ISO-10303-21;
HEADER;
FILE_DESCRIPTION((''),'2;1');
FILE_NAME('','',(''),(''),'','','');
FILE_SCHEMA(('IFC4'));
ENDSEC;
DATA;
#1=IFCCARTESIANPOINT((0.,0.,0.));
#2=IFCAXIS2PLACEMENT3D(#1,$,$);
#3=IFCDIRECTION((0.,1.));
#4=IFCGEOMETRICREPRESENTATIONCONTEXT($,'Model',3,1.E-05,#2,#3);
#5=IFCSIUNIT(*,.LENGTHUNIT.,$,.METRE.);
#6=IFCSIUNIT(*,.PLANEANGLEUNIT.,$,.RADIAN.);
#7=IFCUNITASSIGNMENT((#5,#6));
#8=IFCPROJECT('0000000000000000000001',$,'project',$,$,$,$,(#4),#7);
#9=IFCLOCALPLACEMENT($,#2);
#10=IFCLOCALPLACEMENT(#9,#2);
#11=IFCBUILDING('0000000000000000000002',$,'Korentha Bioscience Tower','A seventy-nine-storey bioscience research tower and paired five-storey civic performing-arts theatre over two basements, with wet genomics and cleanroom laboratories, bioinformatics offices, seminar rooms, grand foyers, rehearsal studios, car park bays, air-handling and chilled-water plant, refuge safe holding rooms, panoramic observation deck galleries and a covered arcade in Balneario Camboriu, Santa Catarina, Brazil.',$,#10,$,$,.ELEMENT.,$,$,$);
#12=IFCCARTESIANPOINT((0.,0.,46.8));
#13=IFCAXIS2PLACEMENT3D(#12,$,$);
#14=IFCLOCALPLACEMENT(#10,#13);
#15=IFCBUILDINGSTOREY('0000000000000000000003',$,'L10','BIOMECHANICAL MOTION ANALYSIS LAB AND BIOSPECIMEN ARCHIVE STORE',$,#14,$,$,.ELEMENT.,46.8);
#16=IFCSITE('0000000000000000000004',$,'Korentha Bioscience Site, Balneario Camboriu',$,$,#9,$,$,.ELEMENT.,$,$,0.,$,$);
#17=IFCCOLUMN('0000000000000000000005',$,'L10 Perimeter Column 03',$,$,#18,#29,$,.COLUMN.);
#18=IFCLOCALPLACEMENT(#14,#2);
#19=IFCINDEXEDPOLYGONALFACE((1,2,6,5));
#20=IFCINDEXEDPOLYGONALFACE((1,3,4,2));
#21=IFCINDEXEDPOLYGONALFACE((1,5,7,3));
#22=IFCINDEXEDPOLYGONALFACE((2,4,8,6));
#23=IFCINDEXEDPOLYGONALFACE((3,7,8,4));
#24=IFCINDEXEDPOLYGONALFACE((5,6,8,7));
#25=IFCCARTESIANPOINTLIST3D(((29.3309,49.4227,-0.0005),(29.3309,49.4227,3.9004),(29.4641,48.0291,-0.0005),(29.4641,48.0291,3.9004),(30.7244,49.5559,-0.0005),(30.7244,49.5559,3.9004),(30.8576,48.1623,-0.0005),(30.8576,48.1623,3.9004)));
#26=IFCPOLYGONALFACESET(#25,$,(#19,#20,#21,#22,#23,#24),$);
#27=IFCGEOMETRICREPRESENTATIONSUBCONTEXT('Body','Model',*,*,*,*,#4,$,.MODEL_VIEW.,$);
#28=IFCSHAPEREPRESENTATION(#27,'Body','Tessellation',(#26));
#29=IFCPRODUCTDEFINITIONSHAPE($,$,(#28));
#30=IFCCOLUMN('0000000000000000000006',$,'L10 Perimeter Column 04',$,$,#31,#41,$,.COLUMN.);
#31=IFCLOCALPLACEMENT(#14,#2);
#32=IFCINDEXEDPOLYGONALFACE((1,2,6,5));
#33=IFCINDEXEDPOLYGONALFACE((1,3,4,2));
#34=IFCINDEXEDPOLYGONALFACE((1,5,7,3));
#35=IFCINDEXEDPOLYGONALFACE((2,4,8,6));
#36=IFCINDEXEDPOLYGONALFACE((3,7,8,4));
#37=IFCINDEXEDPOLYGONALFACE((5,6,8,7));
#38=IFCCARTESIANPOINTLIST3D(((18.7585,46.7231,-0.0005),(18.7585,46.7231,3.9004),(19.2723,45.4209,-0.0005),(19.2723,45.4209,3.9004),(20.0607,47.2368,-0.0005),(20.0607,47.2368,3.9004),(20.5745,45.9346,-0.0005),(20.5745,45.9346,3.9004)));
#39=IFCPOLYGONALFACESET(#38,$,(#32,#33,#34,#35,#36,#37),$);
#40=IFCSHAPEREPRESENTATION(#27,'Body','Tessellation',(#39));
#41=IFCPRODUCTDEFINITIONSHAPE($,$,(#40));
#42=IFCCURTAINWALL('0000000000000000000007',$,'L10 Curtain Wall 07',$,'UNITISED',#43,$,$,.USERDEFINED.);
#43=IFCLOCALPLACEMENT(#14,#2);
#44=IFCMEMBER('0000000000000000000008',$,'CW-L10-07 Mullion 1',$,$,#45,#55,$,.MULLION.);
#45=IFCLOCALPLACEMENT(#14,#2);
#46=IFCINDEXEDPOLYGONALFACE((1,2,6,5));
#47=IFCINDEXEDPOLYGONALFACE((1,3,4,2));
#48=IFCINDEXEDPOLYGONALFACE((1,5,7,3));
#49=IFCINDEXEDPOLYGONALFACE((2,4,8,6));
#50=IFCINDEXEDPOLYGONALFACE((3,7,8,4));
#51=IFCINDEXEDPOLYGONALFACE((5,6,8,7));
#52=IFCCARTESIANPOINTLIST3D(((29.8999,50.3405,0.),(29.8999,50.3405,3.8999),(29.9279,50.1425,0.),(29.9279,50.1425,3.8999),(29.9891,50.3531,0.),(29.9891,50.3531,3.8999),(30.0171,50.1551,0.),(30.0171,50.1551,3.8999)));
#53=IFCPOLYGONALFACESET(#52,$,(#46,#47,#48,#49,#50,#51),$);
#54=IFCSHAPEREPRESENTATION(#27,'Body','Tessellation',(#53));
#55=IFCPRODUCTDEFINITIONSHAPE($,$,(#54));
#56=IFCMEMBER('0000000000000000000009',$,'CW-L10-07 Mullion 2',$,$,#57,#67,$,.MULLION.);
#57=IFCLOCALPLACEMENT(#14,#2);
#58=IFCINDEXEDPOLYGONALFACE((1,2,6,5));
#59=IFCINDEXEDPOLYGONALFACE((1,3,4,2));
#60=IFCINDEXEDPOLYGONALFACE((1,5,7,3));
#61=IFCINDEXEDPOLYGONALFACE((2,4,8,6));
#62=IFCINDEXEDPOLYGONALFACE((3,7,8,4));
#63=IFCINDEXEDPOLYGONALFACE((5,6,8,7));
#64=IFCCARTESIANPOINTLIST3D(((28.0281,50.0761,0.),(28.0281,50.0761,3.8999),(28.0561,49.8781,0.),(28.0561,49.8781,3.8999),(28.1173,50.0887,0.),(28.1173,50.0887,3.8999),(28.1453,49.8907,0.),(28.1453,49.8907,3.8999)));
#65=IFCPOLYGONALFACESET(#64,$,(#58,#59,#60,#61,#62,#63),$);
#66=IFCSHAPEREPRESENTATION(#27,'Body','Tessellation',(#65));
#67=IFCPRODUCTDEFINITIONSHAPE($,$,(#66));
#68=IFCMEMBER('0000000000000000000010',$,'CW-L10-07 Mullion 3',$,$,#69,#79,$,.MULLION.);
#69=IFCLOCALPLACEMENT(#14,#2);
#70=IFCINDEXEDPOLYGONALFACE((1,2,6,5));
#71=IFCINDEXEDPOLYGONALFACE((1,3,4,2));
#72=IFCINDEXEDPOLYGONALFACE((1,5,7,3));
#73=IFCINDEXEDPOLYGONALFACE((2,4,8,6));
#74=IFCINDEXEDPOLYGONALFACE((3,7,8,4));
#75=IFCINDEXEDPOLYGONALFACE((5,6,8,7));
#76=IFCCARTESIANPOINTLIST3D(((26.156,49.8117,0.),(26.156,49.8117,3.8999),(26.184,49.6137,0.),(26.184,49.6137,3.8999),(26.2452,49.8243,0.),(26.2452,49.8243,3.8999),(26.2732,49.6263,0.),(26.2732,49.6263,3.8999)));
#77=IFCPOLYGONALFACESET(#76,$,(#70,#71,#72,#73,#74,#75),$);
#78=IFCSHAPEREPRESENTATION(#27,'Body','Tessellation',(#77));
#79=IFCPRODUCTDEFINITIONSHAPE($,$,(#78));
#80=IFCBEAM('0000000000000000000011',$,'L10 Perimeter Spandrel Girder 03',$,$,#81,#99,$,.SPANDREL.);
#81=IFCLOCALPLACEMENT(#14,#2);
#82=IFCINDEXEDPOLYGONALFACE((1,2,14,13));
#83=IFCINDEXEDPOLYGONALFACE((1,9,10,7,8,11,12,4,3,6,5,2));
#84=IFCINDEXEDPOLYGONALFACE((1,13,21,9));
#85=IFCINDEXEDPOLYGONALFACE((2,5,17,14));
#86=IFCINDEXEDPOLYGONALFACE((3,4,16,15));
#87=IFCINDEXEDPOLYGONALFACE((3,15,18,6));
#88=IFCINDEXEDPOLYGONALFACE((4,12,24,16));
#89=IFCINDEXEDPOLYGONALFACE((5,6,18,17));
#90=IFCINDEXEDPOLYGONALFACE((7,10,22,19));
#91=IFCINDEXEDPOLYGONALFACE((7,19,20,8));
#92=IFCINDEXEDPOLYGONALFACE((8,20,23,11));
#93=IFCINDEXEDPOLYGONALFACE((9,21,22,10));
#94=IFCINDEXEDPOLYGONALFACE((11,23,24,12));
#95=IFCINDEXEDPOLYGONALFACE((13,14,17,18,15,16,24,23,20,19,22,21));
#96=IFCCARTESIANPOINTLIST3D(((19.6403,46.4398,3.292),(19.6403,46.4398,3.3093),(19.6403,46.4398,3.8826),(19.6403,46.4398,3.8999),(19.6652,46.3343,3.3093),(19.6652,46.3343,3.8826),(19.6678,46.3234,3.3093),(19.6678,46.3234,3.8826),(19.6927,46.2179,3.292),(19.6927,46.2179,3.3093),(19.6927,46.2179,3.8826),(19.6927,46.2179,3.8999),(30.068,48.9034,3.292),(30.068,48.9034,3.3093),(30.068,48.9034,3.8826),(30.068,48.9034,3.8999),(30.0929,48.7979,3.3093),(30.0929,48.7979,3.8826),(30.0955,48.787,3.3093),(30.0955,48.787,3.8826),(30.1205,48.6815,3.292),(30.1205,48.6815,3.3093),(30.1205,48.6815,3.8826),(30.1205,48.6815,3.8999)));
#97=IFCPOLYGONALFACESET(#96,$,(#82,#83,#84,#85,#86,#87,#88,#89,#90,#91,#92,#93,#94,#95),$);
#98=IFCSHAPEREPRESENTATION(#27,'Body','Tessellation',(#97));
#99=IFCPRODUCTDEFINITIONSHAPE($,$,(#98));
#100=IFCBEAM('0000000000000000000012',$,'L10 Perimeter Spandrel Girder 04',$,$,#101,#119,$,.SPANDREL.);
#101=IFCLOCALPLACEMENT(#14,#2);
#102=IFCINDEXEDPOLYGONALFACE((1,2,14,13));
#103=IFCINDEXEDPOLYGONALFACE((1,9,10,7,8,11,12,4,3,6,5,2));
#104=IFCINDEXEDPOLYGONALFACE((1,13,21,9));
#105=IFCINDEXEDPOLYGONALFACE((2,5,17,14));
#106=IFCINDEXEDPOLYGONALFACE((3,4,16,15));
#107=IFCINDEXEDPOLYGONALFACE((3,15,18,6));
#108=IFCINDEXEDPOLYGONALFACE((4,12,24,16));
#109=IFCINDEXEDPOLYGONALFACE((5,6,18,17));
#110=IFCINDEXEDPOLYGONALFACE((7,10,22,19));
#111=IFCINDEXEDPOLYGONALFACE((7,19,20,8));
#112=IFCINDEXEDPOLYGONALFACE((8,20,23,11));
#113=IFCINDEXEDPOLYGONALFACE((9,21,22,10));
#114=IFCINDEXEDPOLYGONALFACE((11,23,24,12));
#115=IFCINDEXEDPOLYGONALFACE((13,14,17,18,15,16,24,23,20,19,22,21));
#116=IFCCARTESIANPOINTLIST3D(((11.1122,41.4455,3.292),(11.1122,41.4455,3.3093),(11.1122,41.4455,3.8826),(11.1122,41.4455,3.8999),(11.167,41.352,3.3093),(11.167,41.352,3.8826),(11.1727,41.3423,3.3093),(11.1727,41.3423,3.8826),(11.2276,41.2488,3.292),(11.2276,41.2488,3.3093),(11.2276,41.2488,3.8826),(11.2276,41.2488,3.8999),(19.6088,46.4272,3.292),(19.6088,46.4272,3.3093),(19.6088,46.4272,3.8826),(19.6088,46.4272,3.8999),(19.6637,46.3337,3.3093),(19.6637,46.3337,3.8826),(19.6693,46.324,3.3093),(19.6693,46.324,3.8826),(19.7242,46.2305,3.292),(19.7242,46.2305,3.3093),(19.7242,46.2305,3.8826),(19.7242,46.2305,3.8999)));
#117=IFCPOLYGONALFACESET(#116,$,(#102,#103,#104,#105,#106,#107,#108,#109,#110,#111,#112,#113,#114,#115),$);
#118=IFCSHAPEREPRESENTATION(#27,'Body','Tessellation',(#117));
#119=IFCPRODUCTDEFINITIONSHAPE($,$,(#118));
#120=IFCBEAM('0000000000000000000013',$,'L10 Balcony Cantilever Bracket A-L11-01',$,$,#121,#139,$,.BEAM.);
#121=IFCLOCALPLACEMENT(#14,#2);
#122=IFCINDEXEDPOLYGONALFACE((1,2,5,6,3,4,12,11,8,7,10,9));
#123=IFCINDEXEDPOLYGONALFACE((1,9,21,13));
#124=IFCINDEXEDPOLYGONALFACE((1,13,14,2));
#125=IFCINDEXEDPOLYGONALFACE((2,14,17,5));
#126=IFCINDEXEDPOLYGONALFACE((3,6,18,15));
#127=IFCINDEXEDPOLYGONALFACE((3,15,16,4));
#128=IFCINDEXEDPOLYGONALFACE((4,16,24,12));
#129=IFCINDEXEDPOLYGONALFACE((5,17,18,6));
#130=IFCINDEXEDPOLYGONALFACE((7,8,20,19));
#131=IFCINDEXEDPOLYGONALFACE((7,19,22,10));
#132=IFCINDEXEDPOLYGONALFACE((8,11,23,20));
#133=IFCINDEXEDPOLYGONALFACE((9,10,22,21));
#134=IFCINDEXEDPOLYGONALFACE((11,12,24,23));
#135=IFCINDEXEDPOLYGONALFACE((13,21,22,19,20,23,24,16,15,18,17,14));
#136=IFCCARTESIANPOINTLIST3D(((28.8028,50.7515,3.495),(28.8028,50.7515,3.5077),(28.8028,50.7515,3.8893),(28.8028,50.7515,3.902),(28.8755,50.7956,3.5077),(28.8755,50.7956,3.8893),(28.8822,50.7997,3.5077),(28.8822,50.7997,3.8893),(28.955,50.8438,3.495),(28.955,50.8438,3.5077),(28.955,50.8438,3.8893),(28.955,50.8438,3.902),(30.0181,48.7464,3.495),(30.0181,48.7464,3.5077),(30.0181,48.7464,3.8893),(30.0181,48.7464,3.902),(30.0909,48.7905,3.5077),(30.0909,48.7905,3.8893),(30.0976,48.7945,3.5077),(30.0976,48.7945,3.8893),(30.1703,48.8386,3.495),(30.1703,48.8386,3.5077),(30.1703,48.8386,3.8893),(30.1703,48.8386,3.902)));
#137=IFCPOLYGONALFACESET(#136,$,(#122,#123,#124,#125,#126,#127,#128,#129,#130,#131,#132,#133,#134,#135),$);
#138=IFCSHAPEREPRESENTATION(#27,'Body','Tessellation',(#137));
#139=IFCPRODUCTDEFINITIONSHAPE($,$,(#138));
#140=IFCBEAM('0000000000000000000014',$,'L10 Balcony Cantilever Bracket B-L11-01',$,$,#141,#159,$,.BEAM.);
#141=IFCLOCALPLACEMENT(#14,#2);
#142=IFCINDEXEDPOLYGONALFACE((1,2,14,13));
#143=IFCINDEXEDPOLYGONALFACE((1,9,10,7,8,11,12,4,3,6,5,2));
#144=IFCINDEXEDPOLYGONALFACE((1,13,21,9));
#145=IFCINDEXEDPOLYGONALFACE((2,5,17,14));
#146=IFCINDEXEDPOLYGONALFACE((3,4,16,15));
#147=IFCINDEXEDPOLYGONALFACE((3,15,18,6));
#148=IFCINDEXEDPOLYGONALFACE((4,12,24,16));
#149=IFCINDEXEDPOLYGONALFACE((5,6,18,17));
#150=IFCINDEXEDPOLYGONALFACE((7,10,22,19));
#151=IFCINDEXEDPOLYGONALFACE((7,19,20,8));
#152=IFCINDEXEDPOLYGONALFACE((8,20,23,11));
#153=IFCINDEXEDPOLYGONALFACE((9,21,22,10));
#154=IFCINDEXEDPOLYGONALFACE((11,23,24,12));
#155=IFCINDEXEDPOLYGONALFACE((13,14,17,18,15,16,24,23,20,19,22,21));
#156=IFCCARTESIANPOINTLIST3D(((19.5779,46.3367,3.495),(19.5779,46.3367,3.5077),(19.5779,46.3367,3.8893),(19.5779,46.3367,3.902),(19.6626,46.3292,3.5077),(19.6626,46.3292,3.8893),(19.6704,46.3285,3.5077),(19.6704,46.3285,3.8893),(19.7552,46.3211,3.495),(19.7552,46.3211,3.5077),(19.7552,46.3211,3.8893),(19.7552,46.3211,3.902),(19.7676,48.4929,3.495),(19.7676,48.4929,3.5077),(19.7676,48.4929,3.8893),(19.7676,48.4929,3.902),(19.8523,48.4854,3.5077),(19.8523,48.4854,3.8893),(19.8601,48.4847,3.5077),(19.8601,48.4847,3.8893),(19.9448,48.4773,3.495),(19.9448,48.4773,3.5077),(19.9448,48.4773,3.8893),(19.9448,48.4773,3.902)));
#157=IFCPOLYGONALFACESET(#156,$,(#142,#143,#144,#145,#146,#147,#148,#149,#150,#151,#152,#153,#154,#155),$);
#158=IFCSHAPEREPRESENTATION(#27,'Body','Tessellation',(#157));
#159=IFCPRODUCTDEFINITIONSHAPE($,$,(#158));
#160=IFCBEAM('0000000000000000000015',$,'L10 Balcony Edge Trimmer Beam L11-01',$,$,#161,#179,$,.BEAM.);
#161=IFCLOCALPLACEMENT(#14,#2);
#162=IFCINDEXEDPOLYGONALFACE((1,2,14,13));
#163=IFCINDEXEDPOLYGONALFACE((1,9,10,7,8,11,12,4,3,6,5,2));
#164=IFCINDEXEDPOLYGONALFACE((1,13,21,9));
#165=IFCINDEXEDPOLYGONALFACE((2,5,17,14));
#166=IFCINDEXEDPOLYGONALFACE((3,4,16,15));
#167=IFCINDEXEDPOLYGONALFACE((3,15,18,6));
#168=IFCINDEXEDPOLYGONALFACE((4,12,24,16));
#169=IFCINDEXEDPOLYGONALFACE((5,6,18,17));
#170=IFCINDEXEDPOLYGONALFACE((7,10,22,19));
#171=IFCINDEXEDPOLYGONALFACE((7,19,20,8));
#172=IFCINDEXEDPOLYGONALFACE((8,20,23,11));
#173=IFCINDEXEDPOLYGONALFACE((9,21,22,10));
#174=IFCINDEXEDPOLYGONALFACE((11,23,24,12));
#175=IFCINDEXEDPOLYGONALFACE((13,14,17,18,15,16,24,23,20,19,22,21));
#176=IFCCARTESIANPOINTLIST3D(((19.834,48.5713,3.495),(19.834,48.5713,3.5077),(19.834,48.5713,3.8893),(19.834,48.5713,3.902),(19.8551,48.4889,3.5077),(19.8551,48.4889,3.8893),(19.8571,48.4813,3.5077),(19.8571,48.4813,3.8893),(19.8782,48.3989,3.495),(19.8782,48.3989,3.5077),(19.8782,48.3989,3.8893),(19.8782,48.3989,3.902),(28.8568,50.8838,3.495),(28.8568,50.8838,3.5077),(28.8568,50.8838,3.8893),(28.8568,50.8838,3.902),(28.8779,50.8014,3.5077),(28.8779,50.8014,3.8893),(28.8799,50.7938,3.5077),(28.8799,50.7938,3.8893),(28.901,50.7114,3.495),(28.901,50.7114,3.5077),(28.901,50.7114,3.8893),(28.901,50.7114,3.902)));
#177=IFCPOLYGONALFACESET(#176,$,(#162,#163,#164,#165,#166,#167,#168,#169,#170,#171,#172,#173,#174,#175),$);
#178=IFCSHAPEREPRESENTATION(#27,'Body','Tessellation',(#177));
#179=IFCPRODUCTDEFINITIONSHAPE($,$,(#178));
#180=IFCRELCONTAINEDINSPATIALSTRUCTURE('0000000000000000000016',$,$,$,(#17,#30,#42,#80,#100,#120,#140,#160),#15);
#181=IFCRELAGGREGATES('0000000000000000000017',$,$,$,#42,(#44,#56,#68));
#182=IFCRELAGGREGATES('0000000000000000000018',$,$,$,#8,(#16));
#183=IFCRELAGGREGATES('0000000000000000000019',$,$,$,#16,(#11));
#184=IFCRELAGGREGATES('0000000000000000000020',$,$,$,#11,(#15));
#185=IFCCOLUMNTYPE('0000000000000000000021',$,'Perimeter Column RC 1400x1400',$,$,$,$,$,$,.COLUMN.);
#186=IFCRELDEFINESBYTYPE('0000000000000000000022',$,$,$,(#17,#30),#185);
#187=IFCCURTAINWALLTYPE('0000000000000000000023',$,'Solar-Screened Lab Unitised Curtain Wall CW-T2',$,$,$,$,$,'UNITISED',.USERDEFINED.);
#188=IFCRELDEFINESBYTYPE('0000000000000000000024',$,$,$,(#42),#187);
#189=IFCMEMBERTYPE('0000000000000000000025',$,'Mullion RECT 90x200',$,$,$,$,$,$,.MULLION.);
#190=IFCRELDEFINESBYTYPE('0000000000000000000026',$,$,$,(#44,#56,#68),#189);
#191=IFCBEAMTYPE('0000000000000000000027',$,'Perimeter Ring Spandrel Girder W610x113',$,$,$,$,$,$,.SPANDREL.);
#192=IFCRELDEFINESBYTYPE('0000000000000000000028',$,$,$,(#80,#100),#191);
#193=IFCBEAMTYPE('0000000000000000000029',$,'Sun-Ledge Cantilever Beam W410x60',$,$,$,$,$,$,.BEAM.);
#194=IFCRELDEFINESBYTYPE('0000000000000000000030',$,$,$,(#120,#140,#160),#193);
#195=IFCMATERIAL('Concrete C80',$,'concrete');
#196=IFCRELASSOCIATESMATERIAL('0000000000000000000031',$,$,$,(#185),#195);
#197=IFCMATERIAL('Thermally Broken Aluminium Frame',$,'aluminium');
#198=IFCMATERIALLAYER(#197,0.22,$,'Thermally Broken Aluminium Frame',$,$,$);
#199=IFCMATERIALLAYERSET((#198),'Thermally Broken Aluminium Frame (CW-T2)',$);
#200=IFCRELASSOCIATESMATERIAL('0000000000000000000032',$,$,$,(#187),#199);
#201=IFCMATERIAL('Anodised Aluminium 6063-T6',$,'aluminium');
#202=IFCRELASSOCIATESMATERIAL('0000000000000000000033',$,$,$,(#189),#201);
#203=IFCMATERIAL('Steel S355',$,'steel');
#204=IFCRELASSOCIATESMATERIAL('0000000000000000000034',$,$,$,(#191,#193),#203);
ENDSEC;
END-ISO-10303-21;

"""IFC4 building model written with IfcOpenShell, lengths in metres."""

from ifc_helpers import new_model, si_unit, direction, frame, origin, origin_2d, place, context, subcontext, project, spatial, rectangle, i_section, extrude, material, layer, layer_set, material_profile, profile_set, type_object, element, aggregate, save


model = new_model("IFC4")

# Units and contexts
model_context = context("Model", 3, precision=1e-05, world=origin(), true_north=direction((0.0, 1.0)))
body_context = subcontext(model_context, "Body", "Model", "MODEL_VIEW")
ifc_project = project(units=[si_unit("LENGTHUNIT", "METRE"), si_unit("PLANEANGLEUNIT", "RADIAN")], contexts=[model_context])

# Site, building, storey
site_placement = place(None, origin())
site = spatial("IfcSite", under=ifc_project, at=site_placement, Name="Korentha Bioscience Site, Balneario Camboriu", CompositionType="ELEMENT", RefElevation=0.0)
building_placement = place(site_placement, origin())
building = spatial("IfcBuilding", under=site, at=building_placement, Name="Korentha Bioscience Tower", Description="A seventy-nine-storey bioscience research tower and paired five-storey civic performing-arts theatre over two basements, with wet genomics and cleanroom laboratories, bioinformatics offices, seminar rooms, grand foyers, rehearsal studios, car park bays, air-handling and chilled-water plant, refuge safe holding rooms, panoramic observation deck galleries and a covered arcade in Balneario Camboriu, Santa Catarina, Brazil.", CompositionType="ELEMENT")
storey_placement = place(building_placement, frame((0.0, 0.0, 46.8)))
storey = spatial("IfcBuildingStorey", under=building, at=storey_placement, Name="L10", Description="BIOMECHANICAL MOTION ANALYSIS LAB AND BIOSPECIMEN ARCHIVE STORE", CompositionType="ELEMENT", Elevation=46.8)

# Columns
ifc_material_1 = material(Name="Concrete C80", Category="concrete")
ifc_material_profile_1 = material_profile(ifc_material_1, rectangle(XDim=1.3999, YDim=1.3999, at=origin_2d()), Name="Concrete C80")
ifc_profile_set_1 = profile_set([ifc_material_profile_1], Name="Concrete C80 (COL-P14)")
column_type = type_object("IfcColumnType", Name="Perimeter Column RC 1400x1400", PredefinedType="COLUMN", material=ifc_profile_set_1)
for number, where, z_axis, x_axis, name in (
    (1, (30.0942, 48.7925, -0.0005), (0.0, 0.0, 1.0), (0.995463, 0.095151, 0.0), "L10 Perimeter Column 03"),
    (2, (19.6665, 46.3289, -0.0005), (0.0, 0.0, 1.0), (0.930226, 0.366988, 0.0), "L10 Perimeter Column 04"),
):
    element("IfcColumn", number, at=place(storey_placement, frame(where, z_axis=z_axis, x_axis=x_axis)), inside=storey, type_object=column_type, Name=name, PredefinedType="COLUMN", context=body_context, shape_type="SweptSolid", body=[
        extrude(rectangle(XDim=1.3999, YDim=1.3999, at=origin_2d()), origin(), (0.0, 0.0, 1.0), 3.9009),
    ])

# Curtain wall, members
ifc_material_2 = material(Name="Thermally Broken Aluminium Frame", Category="aluminium")
ifc_layer_1 = layer(ifc_material_2, 0.22, Name="Thermally Broken Aluminium Frame")
ifc_layer_set_1 = layer_set([ifc_layer_1], Name="Thermally Broken Aluminium Frame (CW-T2)")
curtain_wall_type = type_object("IfcCurtainWallType", Name="Solar-Screened Lab Unitised Curtain Wall CW-T2", ElementType="UNITISED", PredefinedType="USERDEFINED", material=ifc_layer_set_1)
curtain_wall_placement = place(storey_placement, origin())
curtain_wall = element("IfcCurtainWall", 3, at=curtain_wall_placement, inside=storey, type_object=curtain_wall_type, Name="L10 Curtain Wall 07", ObjectType="UNITISED", PredefinedType="USERDEFINED")
ifc_material_3 = material(Name="Anodised Aluminium 6063-T6", Category="aluminium")
ifc_material_profile_2 = material_profile(ifc_material_3, rectangle(XDim=0.0901, YDim=0.2, at=origin_2d()), Name="Anodised Aluminium 6063-T6")
ifc_profile_set_2 = profile_set([ifc_material_profile_2], Name="Anodised Aluminium 6063-T6 (CW-MUL)")
member_type_1 = type_object("IfcMemberType", Name="Mullion RECT 90x200", PredefinedType="MULLION", material=ifc_profile_set_2)
member_1_placement = place(storey_placement, frame((29.9585, 50.2478, 0.0), z_axis=(0.0, 0.0, 1.0), x_axis=(-0.990167, -0.139888, 0.0)))
member_1 = element("IfcMember", 4, at=member_1_placement, type_object=member_type_1, Name="CW-L10-07 Mullion 1", PredefinedType="MULLION", context=body_context, shape_type="SweptSolid", body=[
    extrude(rectangle(XDim=0.0901, YDim=0.2, at=origin_2d()), origin(), (0.0, 0.0, 1.0), 3.8999),
])
member_2_placement = place(storey_placement, frame((28.0867, 49.9834, 0.0), z_axis=(0.0, 0.0, 1.0), x_axis=(-0.990167, -0.139888, 0.0)))
member_2 = element("IfcMember", 5, at=member_2_placement, type_object=member_type_1, Name="CW-L10-07 Mullion 2", PredefinedType="MULLION", context=body_context, shape_type="SweptSolid", body=[
    extrude(rectangle(XDim=0.0901, YDim=0.2, at=origin_2d()), origin(), (0.0, 0.0, 1.0), 3.8999),
])
member_3_placement = place(storey_placement, frame((26.2146, 49.719, 0.0), z_axis=(0.0, 0.0, 1.0), x_axis=(-0.990167, -0.139888, 0.0)))
member_3 = element("IfcMember", 6, at=member_3_placement, type_object=member_type_1, Name="CW-L10-07 Mullion 3", PredefinedType="MULLION", context=body_context, shape_type="SweptSolid", body=[
    extrude(rectangle(XDim=0.0901, YDim=0.2, at=origin_2d()), origin(), (0.0, 0.0, 1.0), 3.8999),
])

# Beams
ifc_material_4 = material(Name="Steel S355", Category="steel")
ifc_material_profile_3 = material_profile(ifc_material_4, i_section(OverallWidth=0.228, OverallDepth=0.6079, WebThickness=0.0112, FlangeThickness=0.0173, at=origin_2d()), Name="Steel S355")
ifc_profile_set_3 = profile_set([ifc_material_profile_3], Name="Steel S355 (SB-610)")
beam_type_1 = type_object("IfcBeamType", Name="Perimeter Ring Spandrel Girder W610x113", PredefinedType="SPANDREL", material=ifc_profile_set_3)
beam_1_placement = place(storey_placement, frame((30.0942, 48.7925, 3.5959), z_axis=(-0.973208, -0.229927, 0.0), x_axis=(0.229927, -0.973208, 0.0)))
element("IfcBeam", 7, at=beam_1_placement, inside=storey, type_object=beam_type_1, Name="L10 Perimeter Spandrel Girder 03", PredefinedType="SPANDREL", context=body_context, shape_type="SweptSolid", body=[
    extrude(i_section(OverallWidth=0.228, OverallDepth=0.6079, WebThickness=0.0112, FlangeThickness=0.0173, at=origin_2d()), origin(), (0.0, 0.0, 1.0), 10.7148),
])
beam_2_placement = place(storey_placement, frame((19.6665, 46.3289, 3.5959), z_axis=(-0.862657, -0.50579, 0.0), x_axis=(0.50579, -0.862657, 0.0)))
element("IfcBeam", 8, at=beam_2_placement, inside=storey, type_object=beam_type_1, Name="L10 Perimeter Spandrel Girder 04", PredefinedType="SPANDREL", context=body_context, shape_type="SweptSolid", body=[
    extrude(i_section(OverallWidth=0.228, OverallDepth=0.6079, WebThickness=0.0112, FlangeThickness=0.0173, at=origin_2d()), origin(), (0.0, 0.0, 1.0), 9.8494),
])
ifc_material_profile_4 = material_profile(ifc_material_4, i_section(OverallWidth=0.178, OverallDepth=0.407, WebThickness=0.0078, FlangeThickness=0.0127, at=origin_2d()), Name="Steel S355")
ifc_profile_set_4 = profile_set([ifc_material_profile_4], Name="Steel S355 (CB-410)")
beam_type_2 = type_object("IfcBeamType", Name="Sun-Ledge Cantilever Beam W410x60", PredefinedType="BEAM", material=ifc_profile_set_4)
beam_3_placement = place(storey_placement, frame((30.0942, 48.7925, 3.6985), z_axis=(-0.518334, 0.855178, 0.0), x_axis=(-0.855178, -0.518334, 0.0)))
element("IfcBeam", 9, at=beam_3_placement, inside=storey, type_object=beam_type_2, Name="L10 Balcony Cantilever Bracket A-L11-01", PredefinedType="BEAM", context=body_context, shape_type="SweptSolid", body=[
    extrude(i_section(OverallWidth=0.178, OverallDepth=0.407, WebThickness=0.0078, FlangeThickness=0.0127, at=origin_2d()), origin(), (0.0, 0.0, 1.0), 2.3447),
])
beam_4_placement = place(storey_placement, frame((19.6665, 46.3289, 3.6985), z_axis=(0.087637, 0.996152, 0.0), x_axis=(-0.996152, 0.087637, 0.0)))
element("IfcBeam", 10, at=beam_4_placement, inside=storey, type_object=beam_type_2, Name="L10 Balcony Cantilever Bracket B-L11-01", PredefinedType="BEAM", context=body_context, shape_type="SweptSolid", body=[
    extrude(i_section(OverallWidth=0.178, OverallDepth=0.407, WebThickness=0.0078, FlangeThickness=0.0127, at=origin_2d()), origin(), (0.0, 0.0, 1.0), 2.1646),
])
beam_5_placement = place(storey_placement, frame((28.8789, 50.7976, 3.6985), z_axis=(-0.96869, -0.248273, 0.0), x_axis=(0.248273, -0.96869, 0.0)))
element("IfcBeam", 11, at=beam_5_placement, inside=storey, type_object=beam_type_2, Name="L10 Balcony Edge Trimmer Beam L11-01", PredefinedType="BEAM", context=body_context, shape_type="SweptSolid", body=[
    extrude(i_section(OverallWidth=0.178, OverallDepth=0.407, WebThickness=0.0078, FlangeThickness=0.0127, at=origin_2d()), origin(), (0.0, 0.0, 1.0), 9.3145),
])

aggregate(curtain_wall, [member_1, member_2, member_3])

save(model, "model.ifc")
